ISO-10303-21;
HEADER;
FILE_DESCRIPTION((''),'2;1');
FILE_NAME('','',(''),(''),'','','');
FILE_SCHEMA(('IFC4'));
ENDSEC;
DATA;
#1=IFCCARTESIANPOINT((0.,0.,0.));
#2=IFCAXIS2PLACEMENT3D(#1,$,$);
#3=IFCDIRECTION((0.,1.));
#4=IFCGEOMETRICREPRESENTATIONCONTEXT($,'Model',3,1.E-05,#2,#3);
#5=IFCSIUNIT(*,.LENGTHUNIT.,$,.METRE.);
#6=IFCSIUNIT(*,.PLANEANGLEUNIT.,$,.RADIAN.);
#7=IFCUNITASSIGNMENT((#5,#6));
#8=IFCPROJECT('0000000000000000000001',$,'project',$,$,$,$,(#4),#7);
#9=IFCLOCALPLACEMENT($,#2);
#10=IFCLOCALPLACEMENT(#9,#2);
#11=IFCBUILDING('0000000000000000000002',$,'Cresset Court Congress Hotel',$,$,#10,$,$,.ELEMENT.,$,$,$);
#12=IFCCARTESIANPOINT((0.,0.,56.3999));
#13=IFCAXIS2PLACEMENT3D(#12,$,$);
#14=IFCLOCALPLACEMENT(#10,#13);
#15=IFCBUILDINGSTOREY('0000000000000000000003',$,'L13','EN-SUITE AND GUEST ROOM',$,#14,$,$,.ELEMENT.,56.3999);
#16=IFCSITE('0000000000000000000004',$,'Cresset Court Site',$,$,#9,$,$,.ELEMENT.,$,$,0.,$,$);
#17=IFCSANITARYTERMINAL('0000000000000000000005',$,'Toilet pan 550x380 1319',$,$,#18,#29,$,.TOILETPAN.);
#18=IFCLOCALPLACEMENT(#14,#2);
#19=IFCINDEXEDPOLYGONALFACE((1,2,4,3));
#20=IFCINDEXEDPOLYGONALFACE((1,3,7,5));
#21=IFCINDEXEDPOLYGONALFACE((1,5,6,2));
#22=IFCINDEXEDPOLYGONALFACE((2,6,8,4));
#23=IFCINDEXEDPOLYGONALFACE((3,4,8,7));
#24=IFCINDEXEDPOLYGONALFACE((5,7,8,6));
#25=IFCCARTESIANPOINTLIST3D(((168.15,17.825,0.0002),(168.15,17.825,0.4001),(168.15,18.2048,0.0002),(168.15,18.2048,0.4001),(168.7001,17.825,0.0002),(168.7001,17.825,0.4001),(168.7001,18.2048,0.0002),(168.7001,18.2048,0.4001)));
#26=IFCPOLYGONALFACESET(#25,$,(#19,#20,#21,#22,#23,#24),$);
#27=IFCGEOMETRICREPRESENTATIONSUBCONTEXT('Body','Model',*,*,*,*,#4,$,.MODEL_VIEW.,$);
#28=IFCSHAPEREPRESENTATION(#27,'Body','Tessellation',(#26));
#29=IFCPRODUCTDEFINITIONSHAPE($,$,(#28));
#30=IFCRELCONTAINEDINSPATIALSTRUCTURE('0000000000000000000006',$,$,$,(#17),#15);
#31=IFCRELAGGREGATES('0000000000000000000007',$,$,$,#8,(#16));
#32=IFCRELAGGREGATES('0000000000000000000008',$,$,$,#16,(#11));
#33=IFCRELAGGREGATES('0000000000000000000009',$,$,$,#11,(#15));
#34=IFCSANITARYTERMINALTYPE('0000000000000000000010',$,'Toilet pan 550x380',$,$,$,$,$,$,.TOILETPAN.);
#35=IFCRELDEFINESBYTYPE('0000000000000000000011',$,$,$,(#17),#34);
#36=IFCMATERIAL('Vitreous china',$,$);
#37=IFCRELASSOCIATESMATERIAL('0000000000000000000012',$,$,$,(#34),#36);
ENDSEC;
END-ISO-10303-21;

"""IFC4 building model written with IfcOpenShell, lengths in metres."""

from ifc_helpers import new_model, si_unit, direction, frame, origin, origin_2d, place, context, subcontext, project, spatial, rectangle, extrude, material, type_object, element, save


model = new_model("IFC4")

# Units and contexts
model_context = context("Model", 3, precision=1e-05, world=origin(), true_north=direction((0.0, 1.0)))
body_context = subcontext(model_context, "Body", "Model", "MODEL_VIEW")
ifc_project = project(units=[si_unit("LENGTHUNIT", "METRE"), si_unit("PLANEANGLEUNIT", "RADIAN")], contexts=[model_context])

# Site, building, storey
site_placement = place(None, origin())
site = spatial("IfcSite", under=ifc_project, at=site_placement, Name="Cresset Court Site", CompositionType="ELEMENT", RefElevation=0.0)
building_placement = place(site_placement, origin())
building = spatial("IfcBuilding", under=site, at=building_placement, Name="Cresset Court Congress Hotel", CompositionType="ELEMENT")
storey_placement = place(building_placement, frame((0.0, 0.0, 56.3999)))
storey = spatial("IfcBuildingStorey", under=building, at=storey_placement, Name="L13", Description="EN-SUITE AND GUEST ROOM", CompositionType="ELEMENT", Elevation=56.3999)

# Sanitary terminal
ifc_material_1 = material(Name="Vitreous china")
sanitary_terminal_type_1 = type_object("IfcSanitaryTerminalType", Name="Toilet pan 550x380", PredefinedType="TOILETPAN", material=ifc_material_1)
sanitary_terminal_placement = place(storey_placement, frame((168.425, 18.0149, 0.0002), z_axis=(0.0, 0.0, 1.0), x_axis=(1.0, 0.0, 0.0)))
element("IfcSanitaryTerminal", 1, at=sanitary_terminal_placement, inside=storey, type_object=sanitary_terminal_type_1, Name="Toilet pan 550x380 1319", PredefinedType="TOILETPAN", context=body_context, shape_type="SweptSolid", body=[
    extrude(rectangle(XDim=0.55, YDim=0.3799, at=origin_2d()), origin(), (0.0, 0.0, 1.0), 0.3999),
])

save(model, "model.ifc")
